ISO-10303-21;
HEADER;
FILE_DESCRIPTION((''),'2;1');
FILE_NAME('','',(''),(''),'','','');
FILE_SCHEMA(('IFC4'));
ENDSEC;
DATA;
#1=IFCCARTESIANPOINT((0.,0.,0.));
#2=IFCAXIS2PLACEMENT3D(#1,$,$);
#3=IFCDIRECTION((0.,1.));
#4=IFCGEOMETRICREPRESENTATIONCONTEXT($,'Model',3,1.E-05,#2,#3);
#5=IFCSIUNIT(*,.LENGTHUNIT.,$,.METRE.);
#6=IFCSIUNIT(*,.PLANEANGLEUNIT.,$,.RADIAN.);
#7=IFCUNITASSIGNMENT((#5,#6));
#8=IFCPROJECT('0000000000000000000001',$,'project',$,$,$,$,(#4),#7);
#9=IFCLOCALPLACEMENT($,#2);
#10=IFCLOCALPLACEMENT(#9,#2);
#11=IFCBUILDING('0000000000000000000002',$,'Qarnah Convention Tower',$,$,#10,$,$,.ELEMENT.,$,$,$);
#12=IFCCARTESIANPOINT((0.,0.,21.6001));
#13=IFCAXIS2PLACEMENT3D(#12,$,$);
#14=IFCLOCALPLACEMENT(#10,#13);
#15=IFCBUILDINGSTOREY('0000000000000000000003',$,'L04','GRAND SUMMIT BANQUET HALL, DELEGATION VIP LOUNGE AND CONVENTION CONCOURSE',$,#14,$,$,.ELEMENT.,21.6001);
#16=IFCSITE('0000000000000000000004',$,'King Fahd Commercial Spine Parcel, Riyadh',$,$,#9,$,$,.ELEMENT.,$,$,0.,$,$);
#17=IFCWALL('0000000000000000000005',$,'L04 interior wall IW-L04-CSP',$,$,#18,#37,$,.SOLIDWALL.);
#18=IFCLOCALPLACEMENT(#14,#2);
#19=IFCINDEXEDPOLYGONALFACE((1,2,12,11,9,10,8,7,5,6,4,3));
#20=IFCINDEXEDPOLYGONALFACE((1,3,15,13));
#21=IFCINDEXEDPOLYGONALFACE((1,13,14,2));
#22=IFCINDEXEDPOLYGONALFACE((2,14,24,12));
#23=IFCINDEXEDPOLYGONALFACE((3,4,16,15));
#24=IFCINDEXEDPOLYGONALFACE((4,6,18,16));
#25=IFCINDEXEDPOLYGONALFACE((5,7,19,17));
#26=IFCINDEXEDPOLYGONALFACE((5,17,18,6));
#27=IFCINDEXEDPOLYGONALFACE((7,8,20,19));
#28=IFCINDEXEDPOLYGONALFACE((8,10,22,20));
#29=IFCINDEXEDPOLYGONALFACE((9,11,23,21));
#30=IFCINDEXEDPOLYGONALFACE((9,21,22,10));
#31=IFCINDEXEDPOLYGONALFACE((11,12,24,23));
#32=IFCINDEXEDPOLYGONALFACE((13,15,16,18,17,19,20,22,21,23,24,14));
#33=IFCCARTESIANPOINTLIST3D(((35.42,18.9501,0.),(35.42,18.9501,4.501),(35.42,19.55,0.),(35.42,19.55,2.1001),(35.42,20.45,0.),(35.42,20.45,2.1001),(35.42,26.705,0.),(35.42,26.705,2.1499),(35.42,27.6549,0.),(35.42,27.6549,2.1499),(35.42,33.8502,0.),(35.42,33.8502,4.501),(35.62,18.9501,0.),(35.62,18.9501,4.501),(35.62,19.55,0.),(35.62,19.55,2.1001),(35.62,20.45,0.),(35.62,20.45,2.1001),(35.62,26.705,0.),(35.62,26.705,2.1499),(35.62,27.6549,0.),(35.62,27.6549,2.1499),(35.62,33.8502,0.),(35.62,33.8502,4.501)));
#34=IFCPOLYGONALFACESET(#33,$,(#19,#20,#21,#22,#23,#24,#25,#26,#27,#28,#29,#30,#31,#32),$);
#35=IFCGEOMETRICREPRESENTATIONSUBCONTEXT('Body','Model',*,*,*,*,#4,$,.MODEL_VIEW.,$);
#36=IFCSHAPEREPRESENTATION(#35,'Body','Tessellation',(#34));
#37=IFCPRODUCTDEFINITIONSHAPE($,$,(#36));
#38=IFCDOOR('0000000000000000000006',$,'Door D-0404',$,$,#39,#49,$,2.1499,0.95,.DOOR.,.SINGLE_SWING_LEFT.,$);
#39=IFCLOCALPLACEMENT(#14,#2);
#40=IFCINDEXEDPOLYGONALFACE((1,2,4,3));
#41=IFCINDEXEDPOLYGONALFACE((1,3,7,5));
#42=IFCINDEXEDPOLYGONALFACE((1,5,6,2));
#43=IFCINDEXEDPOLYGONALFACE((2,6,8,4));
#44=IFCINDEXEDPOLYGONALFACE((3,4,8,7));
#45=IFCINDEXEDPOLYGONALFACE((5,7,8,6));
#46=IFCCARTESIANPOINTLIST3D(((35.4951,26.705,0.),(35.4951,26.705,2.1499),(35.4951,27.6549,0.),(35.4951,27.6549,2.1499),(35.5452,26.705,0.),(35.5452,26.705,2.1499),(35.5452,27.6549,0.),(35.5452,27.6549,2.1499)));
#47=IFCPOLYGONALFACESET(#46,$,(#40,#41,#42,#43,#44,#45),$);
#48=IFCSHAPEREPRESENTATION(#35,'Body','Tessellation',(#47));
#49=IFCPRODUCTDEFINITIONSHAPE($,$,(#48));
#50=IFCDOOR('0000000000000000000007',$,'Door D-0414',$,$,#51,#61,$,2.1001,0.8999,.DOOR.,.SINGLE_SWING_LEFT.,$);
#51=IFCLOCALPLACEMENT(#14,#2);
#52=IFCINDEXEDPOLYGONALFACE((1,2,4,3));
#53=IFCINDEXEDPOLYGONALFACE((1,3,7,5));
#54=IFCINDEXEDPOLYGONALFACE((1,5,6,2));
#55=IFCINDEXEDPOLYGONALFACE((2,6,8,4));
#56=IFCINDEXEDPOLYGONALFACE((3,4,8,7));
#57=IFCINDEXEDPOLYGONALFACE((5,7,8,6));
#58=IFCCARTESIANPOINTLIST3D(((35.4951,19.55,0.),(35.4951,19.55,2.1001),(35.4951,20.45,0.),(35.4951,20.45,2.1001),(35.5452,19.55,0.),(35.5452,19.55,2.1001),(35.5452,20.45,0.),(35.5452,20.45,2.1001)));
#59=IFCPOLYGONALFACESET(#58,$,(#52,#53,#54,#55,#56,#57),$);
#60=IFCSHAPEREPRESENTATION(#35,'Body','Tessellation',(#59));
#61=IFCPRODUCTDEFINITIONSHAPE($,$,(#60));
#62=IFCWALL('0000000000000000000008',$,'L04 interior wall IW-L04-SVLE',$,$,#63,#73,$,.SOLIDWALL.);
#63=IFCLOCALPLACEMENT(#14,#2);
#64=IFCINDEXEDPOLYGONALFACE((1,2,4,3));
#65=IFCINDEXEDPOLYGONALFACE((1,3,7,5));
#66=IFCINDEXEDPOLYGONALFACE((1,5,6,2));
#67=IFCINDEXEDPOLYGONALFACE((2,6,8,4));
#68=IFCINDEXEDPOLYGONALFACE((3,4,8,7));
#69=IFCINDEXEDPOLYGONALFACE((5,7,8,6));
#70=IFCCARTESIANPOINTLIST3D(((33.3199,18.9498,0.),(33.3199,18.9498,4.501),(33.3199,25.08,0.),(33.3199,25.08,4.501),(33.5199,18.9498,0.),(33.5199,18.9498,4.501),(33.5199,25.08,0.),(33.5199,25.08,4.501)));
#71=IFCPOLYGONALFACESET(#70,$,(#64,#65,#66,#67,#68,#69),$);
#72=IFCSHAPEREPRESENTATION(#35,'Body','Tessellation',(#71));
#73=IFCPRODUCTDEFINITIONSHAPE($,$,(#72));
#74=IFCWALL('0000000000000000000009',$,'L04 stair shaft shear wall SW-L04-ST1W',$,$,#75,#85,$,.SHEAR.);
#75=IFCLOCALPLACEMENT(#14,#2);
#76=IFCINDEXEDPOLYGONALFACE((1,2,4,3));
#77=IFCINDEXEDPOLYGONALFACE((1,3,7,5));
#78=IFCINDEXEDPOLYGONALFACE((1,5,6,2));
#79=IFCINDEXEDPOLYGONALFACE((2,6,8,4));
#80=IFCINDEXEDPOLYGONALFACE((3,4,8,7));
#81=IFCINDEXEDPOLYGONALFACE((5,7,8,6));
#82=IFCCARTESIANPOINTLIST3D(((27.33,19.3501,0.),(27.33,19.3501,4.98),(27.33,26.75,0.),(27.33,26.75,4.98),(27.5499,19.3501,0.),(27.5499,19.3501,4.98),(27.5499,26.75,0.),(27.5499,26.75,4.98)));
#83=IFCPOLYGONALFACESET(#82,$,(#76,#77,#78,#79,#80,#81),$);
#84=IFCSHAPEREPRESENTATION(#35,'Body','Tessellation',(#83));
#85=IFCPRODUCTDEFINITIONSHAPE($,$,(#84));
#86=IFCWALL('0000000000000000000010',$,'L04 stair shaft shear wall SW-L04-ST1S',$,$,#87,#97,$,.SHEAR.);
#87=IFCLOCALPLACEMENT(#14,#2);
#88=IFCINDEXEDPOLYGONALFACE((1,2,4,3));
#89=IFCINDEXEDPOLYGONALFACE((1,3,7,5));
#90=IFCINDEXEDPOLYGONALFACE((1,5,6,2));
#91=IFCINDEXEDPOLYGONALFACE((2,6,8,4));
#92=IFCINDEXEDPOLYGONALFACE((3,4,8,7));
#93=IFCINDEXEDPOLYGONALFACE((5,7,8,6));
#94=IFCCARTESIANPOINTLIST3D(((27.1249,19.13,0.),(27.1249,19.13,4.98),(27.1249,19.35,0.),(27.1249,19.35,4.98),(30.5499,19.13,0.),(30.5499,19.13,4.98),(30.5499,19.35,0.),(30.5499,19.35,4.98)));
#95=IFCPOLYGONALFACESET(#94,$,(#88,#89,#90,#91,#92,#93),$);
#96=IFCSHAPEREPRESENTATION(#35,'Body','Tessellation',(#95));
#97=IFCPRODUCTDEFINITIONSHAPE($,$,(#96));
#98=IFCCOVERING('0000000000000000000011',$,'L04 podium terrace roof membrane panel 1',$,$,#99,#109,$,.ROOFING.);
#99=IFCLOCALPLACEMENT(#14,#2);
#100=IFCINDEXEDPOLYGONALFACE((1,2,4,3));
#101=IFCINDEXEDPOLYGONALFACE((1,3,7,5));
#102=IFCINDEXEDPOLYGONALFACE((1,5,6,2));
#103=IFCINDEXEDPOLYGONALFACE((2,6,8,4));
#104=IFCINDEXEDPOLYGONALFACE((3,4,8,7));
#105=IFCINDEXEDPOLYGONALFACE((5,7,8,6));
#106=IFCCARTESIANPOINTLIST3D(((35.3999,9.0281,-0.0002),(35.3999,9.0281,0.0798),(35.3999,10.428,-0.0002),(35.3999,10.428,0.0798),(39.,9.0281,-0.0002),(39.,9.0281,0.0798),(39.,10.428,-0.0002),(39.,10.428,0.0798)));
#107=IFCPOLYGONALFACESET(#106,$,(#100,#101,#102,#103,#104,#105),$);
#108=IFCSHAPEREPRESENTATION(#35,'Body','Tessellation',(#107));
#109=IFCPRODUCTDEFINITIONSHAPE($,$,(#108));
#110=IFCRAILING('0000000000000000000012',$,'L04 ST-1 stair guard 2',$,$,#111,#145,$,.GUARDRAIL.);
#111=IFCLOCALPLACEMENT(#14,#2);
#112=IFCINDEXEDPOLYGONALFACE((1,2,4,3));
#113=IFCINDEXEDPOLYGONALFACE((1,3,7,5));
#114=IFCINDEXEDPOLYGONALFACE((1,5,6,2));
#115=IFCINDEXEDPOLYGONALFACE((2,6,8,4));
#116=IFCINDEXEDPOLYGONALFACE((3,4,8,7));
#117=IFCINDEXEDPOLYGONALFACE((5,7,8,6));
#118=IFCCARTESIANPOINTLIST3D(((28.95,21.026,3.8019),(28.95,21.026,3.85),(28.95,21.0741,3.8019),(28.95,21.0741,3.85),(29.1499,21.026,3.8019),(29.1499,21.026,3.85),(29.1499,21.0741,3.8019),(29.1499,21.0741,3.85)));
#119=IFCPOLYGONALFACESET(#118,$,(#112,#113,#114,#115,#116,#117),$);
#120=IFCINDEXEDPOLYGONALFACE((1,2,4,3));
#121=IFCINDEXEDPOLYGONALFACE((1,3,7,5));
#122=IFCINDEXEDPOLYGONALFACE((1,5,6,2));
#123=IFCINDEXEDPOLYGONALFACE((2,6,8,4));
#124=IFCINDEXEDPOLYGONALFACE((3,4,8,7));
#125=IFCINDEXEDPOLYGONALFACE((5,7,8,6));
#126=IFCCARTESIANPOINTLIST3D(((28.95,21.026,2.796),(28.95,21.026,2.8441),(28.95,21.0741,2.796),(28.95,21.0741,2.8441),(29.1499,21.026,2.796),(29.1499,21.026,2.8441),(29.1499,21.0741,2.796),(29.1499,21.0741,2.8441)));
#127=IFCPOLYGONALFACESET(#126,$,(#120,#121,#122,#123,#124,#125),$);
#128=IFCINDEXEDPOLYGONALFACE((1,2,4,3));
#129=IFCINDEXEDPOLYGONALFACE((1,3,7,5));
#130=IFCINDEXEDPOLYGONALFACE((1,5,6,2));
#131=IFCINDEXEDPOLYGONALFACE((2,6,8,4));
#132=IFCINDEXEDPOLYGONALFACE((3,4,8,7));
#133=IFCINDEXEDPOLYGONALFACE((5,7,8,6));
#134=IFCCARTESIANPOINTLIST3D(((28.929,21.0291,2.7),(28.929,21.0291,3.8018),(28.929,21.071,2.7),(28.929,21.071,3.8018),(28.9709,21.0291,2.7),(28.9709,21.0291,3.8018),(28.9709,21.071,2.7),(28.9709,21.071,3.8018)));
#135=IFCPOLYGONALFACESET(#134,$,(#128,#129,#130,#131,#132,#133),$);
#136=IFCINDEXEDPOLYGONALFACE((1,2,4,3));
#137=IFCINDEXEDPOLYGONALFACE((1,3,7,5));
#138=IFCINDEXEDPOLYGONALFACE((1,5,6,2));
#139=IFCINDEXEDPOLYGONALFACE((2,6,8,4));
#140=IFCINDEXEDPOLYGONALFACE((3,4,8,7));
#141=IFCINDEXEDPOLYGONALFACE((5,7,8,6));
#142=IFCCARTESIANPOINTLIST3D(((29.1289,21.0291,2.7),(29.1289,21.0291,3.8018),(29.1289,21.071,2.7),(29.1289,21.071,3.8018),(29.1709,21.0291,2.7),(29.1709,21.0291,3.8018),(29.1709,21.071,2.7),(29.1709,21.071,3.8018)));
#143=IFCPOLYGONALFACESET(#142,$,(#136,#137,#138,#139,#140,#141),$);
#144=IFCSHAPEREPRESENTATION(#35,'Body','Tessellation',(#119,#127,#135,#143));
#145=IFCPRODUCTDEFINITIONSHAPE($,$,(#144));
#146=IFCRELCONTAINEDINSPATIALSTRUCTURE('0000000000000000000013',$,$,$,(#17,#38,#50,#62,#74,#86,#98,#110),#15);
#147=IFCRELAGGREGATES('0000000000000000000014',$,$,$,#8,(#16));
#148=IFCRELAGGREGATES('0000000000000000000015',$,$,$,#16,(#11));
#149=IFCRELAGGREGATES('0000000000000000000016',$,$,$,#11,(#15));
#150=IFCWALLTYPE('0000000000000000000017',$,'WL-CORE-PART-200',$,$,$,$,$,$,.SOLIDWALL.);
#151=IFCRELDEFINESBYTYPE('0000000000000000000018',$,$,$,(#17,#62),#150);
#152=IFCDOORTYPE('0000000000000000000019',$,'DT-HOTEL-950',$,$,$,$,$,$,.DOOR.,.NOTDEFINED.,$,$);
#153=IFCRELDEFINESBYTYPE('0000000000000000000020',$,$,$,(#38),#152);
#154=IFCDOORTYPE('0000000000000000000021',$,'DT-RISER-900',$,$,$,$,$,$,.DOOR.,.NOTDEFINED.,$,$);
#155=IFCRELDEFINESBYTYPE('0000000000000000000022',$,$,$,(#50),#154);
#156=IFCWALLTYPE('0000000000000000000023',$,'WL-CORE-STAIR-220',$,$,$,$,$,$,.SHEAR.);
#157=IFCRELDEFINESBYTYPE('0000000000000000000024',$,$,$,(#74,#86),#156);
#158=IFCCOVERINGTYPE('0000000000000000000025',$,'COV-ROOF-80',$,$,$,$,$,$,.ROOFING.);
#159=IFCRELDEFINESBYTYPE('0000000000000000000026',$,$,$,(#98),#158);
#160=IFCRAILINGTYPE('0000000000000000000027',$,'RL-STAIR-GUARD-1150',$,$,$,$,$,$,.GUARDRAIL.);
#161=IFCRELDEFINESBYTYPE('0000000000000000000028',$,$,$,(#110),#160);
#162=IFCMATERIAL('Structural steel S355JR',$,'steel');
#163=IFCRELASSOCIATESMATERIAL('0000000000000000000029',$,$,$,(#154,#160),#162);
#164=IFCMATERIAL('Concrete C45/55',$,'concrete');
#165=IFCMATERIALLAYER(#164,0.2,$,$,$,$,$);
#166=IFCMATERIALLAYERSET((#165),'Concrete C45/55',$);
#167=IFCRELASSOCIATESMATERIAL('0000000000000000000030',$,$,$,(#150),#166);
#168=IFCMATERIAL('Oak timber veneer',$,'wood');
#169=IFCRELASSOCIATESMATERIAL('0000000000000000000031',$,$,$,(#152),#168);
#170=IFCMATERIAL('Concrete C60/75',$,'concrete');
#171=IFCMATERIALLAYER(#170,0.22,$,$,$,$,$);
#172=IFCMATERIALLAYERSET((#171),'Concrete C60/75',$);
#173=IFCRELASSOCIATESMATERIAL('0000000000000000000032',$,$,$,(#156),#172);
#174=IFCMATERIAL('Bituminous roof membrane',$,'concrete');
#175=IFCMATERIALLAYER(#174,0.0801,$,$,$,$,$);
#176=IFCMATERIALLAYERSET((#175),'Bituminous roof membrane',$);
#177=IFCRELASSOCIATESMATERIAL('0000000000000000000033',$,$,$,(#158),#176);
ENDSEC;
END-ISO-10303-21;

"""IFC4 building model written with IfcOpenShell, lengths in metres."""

from ifc_helpers import new_model, si_unit, direction, frame, frame_2d, origin, origin_2d, place, context, subcontext, project, spatial, rectangle, extrude, material, layer, layer_set, type_object, element, fill, save


model = new_model("IFC4")

# Units and contexts
model_context = context("Model", 3, precision=1e-05, world=origin(), true_north=direction((0.0, 1.0)))
body_context = subcontext(model_context, "Body", "Model", "MODEL_VIEW")
ifc_project = project(units=[si_unit("LENGTHUNIT", "METRE"), si_unit("PLANEANGLEUNIT", "RADIAN")], contexts=[model_context])

# Site, building, storey
site_placement = place(None, origin())
site = spatial("IfcSite", under=ifc_project, at=site_placement, Name="King Fahd Commercial Spine Parcel, Riyadh", CompositionType="ELEMENT", RefElevation=0.0)
building_placement = place(site_placement, origin())
building = spatial("IfcBuilding", under=site, at=building_placement, Name="Qarnah Convention Tower", CompositionType="ELEMENT")
storey_placement = place(building_placement, frame((0.0, 0.0, 21.6001)))
storey = spatial("IfcBuildingStorey", under=building, at=storey_placement, Name="L04", Description="GRAND SUMMIT BANQUET HALL, DELEGATION VIP LOUNGE AND CONVENTION CONCOURSE", CompositionType="ELEMENT", Elevation=21.6001)

# Shared definitions
ifc_material_1 = material(Name="Structural steel S355JR", Category="steel")

# Wall, openings, doors
ifc_material_2 = material(Name="Concrete C60/75", Category="concrete")
door_type_1 = type_object("IfcDoorType", Name="DT-RISER-900", OperationType="NOTDEFINED", PredefinedType="DOOR", material=ifc_material_1)
ifc_material_3 = material(Name="Concrete C45/55", Category="concrete")
ifc_layer_1 = layer(ifc_material_3, 0.2)
ifc_layer_set_1 = layer_set([ifc_layer_1], Name="Concrete C45/55")
wall_type_1 = type_object("IfcWallType", Name="WL-CORE-PART-200", PredefinedType="SOLIDWALL", material=ifc_layer_set_1)
wall_1_placement = place(storey_placement, frame((35.52, 18.95, 0.0), z_axis=(0.0, 0.0, 1.0), x_axis=(0.0, 1.0, 0.0)))
wall_1 = element("IfcWall", 1, at=wall_1_placement, inside=storey, type_object=wall_type_1, Name="L04 interior wall IW-L04-CSP", PredefinedType="SOLIDWALL", context=body_context, shape_type="SweptSolid", body=[
    extrude(rectangle(XDim=14.9001, YDim=0.2, at=frame_2d((7.4502, 0.0))), origin(), (0.0, 0.0, 1.0), 4.501),
])
opening_1_placement = place(wall_1_placement, frame((7.7549, 0.0, 0.0)))
opening_1 = element("IfcOpeningElement", 2, at=opening_1_placement, cuts=wall_1, PredefinedType="OPENING", context=body_context, shape_type="SweptSolid", body=[
    extrude(rectangle(XDim=0.95, YDim=2.1499, at=frame_2d((0.4751, 1.075))), frame((0.0, 0.1099, 0.0), z_axis=(0.0, -1.0, 0.0), x_axis=(1.0, 0.0, 0.0)), (0.0, 0.0, 1.0), 0.22),
])
opening_2_placement = place(wall_1_placement, frame((0.6001, 0.0, 0.0)))
opening_2 = element("IfcOpeningElement", 3, at=opening_2_placement, cuts=wall_1, PredefinedType="OPENING", context=body_context, shape_type="SweptSolid", body=[
    extrude(rectangle(XDim=0.8999, YDim=2.1001, at=frame_2d((0.45, 1.05))), frame((0.0, 0.1099, 0.0), z_axis=(0.0, -1.0, 0.0), x_axis=(1.0, 0.0, 0.0)), (0.0, 0.0, 1.0), 0.22),
])
ifc_material_4 = material(Name="Oak timber veneer", Category="wood")
door_type_2 = type_object("IfcDoorType", Name="DT-HOTEL-950", OperationType="NOTDEFINED", PredefinedType="DOOR", material=ifc_material_4)
door_1_placement = place(opening_1_placement, origin())
door_1 = element("IfcDoor", 4, at=door_1_placement, inside=storey, type_object=door_type_2, Name="Door D-0404", OperationType="SINGLE_SWING_LEFT", OverallHeight=2.1499, OverallWidth=0.95, PredefinedType="DOOR", context=body_context, shape_type="SweptSolid", body=[
    extrude(rectangle(XDim=0.95, YDim=2.1499, at=frame_2d((0.4751, 1.075))), frame((0.0, 0.0249, 0.0), z_axis=(0.0, -1.0, 0.0), x_axis=(1.0, 0.0, 0.0)), (0.0, 0.0, 1.0), 0.05),
])
fill(opening_1, door_1)
door_2_placement = place(opening_2_placement, origin())
door_2 = element("IfcDoor", 5, at=door_2_placement, inside=storey, type_object=door_type_1, Name="Door D-0414", OperationType="SINGLE_SWING_LEFT", OverallHeight=2.1001, OverallWidth=0.8999, PredefinedType="DOOR", context=body_context, shape_type="SweptSolid", body=[
    extrude(rectangle(XDim=0.8999, YDim=2.1001, at=frame_2d((0.45, 1.05))), frame((0.0, 0.0249, 0.0), z_axis=(0.0, -1.0, 0.0), x_axis=(1.0, 0.0, 0.0)), (0.0, 0.0, 1.0), 0.05),
])
fill(opening_2, door_2)

# Walls
wall_2_placement = place(storey_placement, frame((33.4199, 18.95, 0.0), z_axis=(0.0, 0.0, 1.0), x_axis=(0.0, 1.0, 0.0)))
element("IfcWall", 6, at=wall_2_placement, inside=storey, type_object=wall_type_1, Name="L04 interior wall IW-L04-SVLE", PredefinedType="SOLIDWALL", context=body_context, shape_type="SweptSolid", body=[
    extrude(rectangle(XDim=6.1301, YDim=0.2, at=frame_2d((3.0649, 0.0))), origin(), (0.0, 0.0, 1.0), 4.501),
])
ifc_layer_2 = layer(ifc_material_2, 0.22)
ifc_layer_set_2 = layer_set([ifc_layer_2], Name="Concrete C60/75")
wall_type_2 = type_object("IfcWallType", Name="WL-CORE-STAIR-220", PredefinedType="SHEAR", material=ifc_layer_set_2)
wall_3_placement = place(storey_placement, frame((27.4399, 19.3501, 0.0), z_axis=(0.0, 0.0, 1.0), x_axis=(0.0, 1.0, 0.0)))
element("IfcWall", 7, at=wall_3_placement, inside=storey, type_object=wall_type_2, Name="L04 stair shaft shear wall SW-L04-ST1W", PredefinedType="SHEAR", context=body_context, shape_type="SweptSolid", body=[
    extrude(rectangle(XDim=7.3999, YDim=0.22, at=frame_2d((3.7, 0.0))), origin(), (0.0, 0.0, 1.0), 4.98),
])
wall_4_placement = place(storey_placement, frame((27.125, 19.24, 0.0), z_axis=(0.0, 0.0, 1.0), x_axis=(1.0, 0.0, 0.0)))
element("IfcWall", 8, at=wall_4_placement, inside=storey, type_object=wall_type_2, Name="L04 stair shaft shear wall SW-L04-ST1S", PredefinedType="SHEAR", context=body_context, shape_type="SweptSolid", body=[
    extrude(rectangle(XDim=3.425, YDim=0.22, at=frame_2d((1.7124, 0.0))), origin(), (0.0, 0.0, 1.0), 4.98),
])

# Covering
ifc_material_5 = material(Name="Bituminous roof membrane", Category="concrete")
ifc_layer_3 = layer(ifc_material_5, 0.0801)
ifc_layer_set_3 = layer_set([ifc_layer_3], Name="Bituminous roof membrane")
covering_type = type_object("IfcCoveringType", Name="COV-ROOF-80", PredefinedType="ROOFING", material=ifc_layer_set_3)
covering_placement = place(storey_placement, frame((37.2, 9.728, -0.0002), z_axis=(0.0, 0.0, 1.0), x_axis=(1.0, 0.0, 0.0)))
element("IfcCovering", 9, at=covering_placement, inside=storey, type_object=covering_type, Name="L04 podium terrace roof membrane panel 1", PredefinedType="ROOFING", context=body_context, shape_type="SweptSolid", body=[
    extrude(rectangle(XDim=3.6001, YDim=1.3999, at=origin_2d()), origin(), (0.0, 0.0, 1.0), 0.0801),
])

# Railing
railing_type = type_object("IfcRailingType", Name="RL-STAIR-GUARD-1150", PredefinedType="GUARDRAIL", material=ifc_material_1)
railing_1_placement = place(storey_placement, frame((28.95, 21.05, 2.7)))
element("IfcRailing", 10, at=railing_1_placement, inside=storey, type_object=railing_type, Name="L04 ST-1 stair guard 2", PredefinedType="GUARDRAIL", context=body_context, shape_type="SweptSolid", body=[
    extrude(rectangle(XDim=0.0481, YDim=0.0481, at=origin_2d()), frame((0.0, 0.0, 1.126), z_axis=(1.0, 0.0, 0.0), x_axis=(0.0, 1.0, 0.0)), (0.0, 0.0, 1.0), 0.2),
    extrude(rectangle(XDim=0.0481, YDim=0.0481, at=origin_2d()), frame((0.0, 0.0, 0.1201), z_axis=(1.0, 0.0, 0.0), x_axis=(0.0, 1.0, 0.0)), (0.0, 0.0, 1.0), 0.2),
    extrude(rectangle(XDim=0.042, YDim=0.042, at=origin_2d()), origin(), (0.0, 0.0, 1.0), 1.1018),
    extrude(rectangle(XDim=0.042, YDim=0.042, at=origin_2d()), frame((0.2, 0.0, 0.0)), (0.0, 0.0, 1.0), 1.1018),
])

save(model, "model.ifc")
